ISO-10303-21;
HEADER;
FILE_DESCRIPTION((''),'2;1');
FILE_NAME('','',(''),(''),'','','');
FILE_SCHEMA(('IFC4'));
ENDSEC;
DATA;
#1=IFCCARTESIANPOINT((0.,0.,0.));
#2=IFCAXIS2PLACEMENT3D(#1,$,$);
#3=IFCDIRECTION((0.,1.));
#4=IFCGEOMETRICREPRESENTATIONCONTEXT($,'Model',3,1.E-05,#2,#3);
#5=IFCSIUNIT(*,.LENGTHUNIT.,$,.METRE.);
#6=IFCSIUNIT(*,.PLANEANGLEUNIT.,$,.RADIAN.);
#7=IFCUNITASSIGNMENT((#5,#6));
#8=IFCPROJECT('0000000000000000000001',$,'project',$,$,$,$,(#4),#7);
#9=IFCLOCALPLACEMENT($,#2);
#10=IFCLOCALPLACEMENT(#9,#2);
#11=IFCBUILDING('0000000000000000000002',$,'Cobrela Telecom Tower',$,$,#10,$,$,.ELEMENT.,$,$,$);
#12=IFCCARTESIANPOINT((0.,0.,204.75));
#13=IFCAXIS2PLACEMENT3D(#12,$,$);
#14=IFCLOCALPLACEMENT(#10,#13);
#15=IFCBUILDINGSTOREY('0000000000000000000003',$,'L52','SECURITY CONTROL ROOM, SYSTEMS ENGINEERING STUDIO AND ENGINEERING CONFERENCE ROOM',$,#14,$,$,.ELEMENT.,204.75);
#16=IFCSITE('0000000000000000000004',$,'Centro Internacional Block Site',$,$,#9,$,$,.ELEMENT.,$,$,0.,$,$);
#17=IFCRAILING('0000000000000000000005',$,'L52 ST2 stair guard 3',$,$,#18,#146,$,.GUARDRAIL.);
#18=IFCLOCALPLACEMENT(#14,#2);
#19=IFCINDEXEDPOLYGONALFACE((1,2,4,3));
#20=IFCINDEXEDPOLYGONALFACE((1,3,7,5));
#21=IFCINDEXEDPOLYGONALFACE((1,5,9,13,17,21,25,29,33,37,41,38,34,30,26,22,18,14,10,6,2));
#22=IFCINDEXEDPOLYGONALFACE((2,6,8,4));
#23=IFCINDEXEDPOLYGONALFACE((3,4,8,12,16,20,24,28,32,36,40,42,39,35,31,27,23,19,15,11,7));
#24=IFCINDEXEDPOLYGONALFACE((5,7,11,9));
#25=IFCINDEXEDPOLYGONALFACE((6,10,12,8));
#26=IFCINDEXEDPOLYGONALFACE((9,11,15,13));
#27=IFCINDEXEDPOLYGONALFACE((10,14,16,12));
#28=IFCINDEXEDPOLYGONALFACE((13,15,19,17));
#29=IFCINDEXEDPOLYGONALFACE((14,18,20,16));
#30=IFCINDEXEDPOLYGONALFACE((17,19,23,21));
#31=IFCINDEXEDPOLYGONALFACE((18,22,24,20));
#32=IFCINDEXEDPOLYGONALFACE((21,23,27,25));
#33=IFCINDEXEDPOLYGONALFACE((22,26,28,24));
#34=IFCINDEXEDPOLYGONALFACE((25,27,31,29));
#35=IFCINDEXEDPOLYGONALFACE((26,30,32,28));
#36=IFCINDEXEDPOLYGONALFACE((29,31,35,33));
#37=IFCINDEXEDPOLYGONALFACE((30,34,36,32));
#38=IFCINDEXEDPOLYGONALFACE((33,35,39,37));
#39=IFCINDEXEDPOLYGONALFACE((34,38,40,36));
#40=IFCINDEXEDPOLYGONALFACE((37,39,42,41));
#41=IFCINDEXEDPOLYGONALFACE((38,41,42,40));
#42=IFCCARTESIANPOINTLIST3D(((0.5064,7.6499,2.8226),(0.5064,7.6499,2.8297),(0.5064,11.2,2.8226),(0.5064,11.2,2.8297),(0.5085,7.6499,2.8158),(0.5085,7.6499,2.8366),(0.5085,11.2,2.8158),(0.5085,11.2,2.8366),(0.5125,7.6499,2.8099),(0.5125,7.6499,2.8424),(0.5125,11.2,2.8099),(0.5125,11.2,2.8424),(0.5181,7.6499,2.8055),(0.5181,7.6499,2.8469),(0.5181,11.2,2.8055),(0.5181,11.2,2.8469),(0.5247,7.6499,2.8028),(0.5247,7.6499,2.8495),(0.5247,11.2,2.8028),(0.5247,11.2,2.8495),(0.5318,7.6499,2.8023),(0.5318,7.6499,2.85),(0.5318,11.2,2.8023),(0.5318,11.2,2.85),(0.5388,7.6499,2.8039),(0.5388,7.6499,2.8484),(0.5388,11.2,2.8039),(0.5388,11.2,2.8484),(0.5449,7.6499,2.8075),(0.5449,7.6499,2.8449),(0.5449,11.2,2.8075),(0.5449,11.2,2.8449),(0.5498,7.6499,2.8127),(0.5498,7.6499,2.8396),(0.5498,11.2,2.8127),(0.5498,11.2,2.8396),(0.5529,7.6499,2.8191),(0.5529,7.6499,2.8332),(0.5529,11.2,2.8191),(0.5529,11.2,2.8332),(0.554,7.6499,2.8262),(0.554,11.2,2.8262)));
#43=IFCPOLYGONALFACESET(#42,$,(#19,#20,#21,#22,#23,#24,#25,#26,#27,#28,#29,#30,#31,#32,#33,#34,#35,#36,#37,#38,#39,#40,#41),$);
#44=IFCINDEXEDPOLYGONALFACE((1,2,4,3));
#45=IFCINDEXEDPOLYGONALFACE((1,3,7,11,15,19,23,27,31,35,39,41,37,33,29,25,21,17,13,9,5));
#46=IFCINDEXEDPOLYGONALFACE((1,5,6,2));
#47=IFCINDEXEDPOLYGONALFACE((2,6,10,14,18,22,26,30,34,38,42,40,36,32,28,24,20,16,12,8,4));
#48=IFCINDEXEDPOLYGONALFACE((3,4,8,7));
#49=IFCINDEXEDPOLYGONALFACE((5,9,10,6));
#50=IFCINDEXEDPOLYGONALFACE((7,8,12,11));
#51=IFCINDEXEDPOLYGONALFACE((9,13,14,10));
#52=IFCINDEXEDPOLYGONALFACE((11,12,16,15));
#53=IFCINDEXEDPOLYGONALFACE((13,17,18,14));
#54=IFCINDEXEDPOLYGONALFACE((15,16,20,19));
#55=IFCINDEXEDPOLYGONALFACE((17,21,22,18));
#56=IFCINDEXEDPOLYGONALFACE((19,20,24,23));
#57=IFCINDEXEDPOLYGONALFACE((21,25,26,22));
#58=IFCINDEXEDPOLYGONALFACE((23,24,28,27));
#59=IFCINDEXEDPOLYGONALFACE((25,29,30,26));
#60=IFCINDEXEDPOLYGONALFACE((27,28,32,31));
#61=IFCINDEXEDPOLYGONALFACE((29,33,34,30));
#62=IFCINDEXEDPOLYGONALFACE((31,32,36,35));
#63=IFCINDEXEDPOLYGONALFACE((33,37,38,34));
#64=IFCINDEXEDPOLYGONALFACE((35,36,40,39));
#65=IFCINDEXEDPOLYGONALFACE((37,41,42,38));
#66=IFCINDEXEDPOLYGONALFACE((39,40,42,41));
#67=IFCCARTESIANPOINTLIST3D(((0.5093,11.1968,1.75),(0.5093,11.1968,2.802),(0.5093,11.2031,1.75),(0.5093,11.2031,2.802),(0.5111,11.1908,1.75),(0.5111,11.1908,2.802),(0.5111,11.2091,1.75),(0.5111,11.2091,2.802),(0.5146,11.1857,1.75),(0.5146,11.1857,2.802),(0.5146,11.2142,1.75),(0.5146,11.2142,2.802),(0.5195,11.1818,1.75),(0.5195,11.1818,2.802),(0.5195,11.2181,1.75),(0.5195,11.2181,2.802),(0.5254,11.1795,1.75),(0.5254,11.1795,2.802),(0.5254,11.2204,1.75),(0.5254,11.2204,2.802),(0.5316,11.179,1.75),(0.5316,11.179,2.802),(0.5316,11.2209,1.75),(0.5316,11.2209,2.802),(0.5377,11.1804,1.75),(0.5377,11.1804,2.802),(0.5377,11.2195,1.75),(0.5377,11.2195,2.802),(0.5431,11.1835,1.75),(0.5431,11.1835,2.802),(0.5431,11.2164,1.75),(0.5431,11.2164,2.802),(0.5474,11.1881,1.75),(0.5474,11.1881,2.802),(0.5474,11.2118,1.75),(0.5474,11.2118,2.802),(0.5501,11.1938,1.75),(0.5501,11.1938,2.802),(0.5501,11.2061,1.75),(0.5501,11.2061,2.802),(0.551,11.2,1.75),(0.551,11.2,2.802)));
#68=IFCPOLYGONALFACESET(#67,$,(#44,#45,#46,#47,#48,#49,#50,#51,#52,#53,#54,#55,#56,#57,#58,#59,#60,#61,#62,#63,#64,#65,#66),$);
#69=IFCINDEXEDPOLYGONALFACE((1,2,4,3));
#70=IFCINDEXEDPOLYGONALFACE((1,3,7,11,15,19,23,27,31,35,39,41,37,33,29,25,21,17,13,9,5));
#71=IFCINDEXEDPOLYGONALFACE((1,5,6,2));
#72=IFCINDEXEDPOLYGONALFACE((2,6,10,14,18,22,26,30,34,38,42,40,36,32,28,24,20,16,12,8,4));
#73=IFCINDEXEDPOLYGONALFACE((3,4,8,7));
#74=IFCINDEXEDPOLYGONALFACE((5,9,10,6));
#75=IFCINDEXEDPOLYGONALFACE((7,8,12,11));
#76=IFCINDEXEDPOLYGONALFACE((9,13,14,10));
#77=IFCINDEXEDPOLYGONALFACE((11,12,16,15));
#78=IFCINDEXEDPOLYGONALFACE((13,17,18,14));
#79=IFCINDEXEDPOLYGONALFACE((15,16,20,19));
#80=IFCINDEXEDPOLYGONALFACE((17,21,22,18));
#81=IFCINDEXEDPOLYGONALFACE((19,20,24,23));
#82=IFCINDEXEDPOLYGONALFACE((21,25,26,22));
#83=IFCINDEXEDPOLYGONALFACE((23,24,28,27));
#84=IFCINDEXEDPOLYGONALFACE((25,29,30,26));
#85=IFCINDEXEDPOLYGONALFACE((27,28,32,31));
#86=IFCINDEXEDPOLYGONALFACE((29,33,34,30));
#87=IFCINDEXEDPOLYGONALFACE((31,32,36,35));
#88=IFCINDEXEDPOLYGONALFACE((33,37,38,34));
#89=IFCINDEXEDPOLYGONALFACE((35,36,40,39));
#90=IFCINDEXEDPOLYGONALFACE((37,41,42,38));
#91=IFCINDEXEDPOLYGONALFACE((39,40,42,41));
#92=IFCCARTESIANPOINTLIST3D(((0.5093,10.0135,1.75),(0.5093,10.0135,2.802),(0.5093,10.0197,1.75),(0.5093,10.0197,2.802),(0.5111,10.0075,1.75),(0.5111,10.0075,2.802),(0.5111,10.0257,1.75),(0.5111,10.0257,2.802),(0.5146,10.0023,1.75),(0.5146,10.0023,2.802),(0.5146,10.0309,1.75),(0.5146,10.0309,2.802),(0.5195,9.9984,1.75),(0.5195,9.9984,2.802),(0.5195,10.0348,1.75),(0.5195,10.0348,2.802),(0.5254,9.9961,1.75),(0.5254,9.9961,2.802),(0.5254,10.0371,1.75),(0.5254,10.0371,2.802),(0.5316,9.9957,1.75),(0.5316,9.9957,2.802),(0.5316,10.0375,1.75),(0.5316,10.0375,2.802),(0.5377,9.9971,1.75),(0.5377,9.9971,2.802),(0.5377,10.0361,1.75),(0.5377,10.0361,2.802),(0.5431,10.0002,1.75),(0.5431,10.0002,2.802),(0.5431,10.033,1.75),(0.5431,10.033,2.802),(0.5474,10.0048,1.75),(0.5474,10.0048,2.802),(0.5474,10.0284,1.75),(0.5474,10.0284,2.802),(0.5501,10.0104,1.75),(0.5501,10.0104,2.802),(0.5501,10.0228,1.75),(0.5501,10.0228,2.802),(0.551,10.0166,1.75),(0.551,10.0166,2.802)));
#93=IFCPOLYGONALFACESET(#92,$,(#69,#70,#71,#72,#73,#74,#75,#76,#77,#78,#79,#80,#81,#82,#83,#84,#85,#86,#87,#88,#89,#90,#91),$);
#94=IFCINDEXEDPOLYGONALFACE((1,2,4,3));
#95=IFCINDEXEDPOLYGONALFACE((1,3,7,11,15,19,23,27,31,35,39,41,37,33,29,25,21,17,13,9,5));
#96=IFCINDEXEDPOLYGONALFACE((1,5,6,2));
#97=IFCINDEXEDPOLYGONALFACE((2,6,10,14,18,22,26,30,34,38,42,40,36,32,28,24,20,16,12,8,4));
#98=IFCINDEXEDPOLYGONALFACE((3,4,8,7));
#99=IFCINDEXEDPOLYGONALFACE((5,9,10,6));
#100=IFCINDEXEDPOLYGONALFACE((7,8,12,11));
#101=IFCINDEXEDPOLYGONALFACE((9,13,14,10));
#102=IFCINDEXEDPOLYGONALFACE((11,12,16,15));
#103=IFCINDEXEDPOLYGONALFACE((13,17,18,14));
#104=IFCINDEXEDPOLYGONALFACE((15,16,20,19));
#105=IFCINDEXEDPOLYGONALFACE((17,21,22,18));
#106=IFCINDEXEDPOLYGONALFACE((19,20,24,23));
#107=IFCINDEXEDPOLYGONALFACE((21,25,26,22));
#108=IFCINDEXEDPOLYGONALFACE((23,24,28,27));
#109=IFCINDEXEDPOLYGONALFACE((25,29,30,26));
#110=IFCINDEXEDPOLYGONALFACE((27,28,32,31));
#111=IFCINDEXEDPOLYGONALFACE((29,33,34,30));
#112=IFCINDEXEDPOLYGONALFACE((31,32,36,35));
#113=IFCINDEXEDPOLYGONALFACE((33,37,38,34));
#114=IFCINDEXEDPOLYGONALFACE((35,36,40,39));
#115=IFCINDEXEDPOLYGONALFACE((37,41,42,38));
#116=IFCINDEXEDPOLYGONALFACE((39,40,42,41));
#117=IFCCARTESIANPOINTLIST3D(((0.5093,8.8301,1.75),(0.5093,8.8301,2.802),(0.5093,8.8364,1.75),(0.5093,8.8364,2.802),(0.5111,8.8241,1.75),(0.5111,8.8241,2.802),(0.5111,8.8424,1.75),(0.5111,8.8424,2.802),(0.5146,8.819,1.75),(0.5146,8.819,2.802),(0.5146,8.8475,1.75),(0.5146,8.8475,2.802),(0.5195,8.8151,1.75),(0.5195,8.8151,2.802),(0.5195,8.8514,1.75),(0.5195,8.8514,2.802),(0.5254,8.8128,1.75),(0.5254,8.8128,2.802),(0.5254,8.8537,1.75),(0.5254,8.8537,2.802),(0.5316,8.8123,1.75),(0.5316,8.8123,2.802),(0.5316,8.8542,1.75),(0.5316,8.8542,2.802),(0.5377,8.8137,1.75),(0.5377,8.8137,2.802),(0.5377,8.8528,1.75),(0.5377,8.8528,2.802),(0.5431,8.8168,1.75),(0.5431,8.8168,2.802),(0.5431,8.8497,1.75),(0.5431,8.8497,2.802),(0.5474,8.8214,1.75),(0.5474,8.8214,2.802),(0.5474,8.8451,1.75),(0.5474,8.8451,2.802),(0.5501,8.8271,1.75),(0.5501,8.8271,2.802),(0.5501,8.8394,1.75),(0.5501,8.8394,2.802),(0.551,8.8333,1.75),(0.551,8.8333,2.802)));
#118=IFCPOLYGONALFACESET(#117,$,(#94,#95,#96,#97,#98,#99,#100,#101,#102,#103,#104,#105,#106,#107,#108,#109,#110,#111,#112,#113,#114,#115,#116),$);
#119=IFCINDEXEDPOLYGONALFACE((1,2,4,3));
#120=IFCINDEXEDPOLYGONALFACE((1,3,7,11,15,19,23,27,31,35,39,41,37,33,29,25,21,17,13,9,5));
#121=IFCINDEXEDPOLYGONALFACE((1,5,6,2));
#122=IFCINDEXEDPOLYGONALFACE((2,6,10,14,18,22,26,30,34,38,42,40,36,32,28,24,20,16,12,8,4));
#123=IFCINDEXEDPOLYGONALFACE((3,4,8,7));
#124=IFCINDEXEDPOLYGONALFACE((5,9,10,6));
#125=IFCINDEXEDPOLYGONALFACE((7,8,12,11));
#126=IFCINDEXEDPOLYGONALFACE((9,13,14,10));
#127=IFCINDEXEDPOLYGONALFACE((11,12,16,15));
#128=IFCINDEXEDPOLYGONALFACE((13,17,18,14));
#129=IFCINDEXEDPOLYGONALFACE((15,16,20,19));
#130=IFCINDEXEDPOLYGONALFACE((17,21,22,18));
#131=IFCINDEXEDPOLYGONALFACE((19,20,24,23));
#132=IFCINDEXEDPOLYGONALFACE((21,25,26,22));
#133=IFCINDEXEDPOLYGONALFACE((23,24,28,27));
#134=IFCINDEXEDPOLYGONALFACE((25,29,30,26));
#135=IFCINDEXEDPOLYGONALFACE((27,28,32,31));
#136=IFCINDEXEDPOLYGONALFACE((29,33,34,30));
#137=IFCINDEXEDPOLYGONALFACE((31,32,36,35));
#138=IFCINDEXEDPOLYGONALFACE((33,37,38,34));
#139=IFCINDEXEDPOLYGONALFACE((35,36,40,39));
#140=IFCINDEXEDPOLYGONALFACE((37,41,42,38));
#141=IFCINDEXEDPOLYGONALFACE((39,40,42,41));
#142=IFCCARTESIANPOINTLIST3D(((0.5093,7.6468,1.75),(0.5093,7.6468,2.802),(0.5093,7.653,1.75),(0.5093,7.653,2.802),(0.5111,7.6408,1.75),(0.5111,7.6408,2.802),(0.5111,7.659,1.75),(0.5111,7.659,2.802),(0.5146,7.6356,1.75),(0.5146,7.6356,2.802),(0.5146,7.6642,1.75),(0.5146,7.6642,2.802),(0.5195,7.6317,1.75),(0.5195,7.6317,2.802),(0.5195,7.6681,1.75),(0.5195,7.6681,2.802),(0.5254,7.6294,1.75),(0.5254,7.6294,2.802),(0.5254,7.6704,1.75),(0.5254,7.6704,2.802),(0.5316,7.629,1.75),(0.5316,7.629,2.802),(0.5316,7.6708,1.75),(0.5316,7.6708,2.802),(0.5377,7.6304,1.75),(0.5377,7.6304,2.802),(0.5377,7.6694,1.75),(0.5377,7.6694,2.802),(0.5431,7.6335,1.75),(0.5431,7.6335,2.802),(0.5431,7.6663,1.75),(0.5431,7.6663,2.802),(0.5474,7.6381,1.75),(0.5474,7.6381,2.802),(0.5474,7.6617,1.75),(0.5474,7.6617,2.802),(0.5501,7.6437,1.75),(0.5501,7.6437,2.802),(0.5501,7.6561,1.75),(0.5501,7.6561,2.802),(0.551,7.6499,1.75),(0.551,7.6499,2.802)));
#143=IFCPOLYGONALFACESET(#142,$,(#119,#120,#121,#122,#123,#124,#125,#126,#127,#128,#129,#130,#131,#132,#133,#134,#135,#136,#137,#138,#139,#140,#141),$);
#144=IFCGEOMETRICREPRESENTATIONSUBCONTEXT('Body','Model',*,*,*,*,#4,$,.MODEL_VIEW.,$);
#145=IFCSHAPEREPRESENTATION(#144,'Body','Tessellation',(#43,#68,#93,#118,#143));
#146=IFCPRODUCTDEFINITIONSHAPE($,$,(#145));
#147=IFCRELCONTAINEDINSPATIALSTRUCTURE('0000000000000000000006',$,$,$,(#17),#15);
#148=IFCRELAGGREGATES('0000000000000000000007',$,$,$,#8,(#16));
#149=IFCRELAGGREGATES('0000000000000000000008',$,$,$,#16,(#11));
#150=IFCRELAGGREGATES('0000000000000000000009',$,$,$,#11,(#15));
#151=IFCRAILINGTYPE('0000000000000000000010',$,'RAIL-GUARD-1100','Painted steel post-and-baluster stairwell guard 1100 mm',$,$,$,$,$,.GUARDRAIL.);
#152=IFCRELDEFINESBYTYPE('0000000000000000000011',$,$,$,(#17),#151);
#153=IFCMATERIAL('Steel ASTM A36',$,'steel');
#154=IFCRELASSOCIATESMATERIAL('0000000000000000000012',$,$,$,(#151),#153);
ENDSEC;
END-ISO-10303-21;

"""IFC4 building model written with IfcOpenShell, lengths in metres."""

from ifc_helpers import new_model, si_unit, direction, frame, origin, origin_2d, place, context, subcontext, project, spatial, circle, extrude, material, type_object, element, save


model = new_model("IFC4")

# Units and contexts
model_context = context("Model", 3, precision=1e-05, world=origin(), true_north=direction((0.0, 1.0)))
body_context = subcontext(model_context, "Body", "Model", "MODEL_VIEW")
ifc_project = project(units=[si_unit("LENGTHUNIT", "METRE"), si_unit("PLANEANGLEUNIT", "RADIAN")], contexts=[model_context])

# Site, building, storey
site_placement = place(None, origin())
site = spatial("IfcSite", under=ifc_project, at=site_placement, Name="Centro Internacional Block Site", CompositionType="ELEMENT", RefElevation=0.0)
building_placement = place(site_placement, origin())
building = spatial("IfcBuilding", under=site, at=building_placement, Name="Cobrela Telecom Tower", CompositionType="ELEMENT")
storey_placement = place(building_placement, frame((0.0, 0.0, 204.75)))
storey = spatial("IfcBuildingStorey", under=building, at=storey_placement, Name="L52", Description="SECURITY CONTROL ROOM, SYSTEMS ENGINEERING STUDIO AND ENGINEERING CONFERENCE ROOM", CompositionType="ELEMENT", Elevation=204.75)

# Shared definitions
ifc_material_1 = material(Name="Steel ASTM A36", Category="steel")

# Railing
railing_type = type_object("IfcRailingType", Name="RAIL-GUARD-1100", Description="Painted steel post-and-baluster stairwell guard 1100 mm", PredefinedType="GUARDRAIL", material=ifc_material_1)
railing_1_placement = place(storey_placement, frame((0.53, 11.2, 1.75)))
element("IfcRailing", 1, at=railing_1_placement, inside=storey, type_object=railing_type, Name="L52 ST2 stair guard 3", PredefinedType="GUARDRAIL", context=body_context, shape_type="SweptSolid", body=[
    extrude(circle(Radius=0.0239, at=origin_2d()), frame((0.0, 0.0, 1.0762), z_axis=(0.0, -1.0, 0.0), x_axis=(1.0, 0.0, 0.0)), (0.0, 0.0, 1.0), 3.55),
    extrude(circle(Radius=0.021, at=origin_2d()), origin(), (0.0, 0.0, 1.0), 1.052),
    extrude(circle(Radius=0.021, at=origin_2d()), frame((0.0, -1.1833, 0.0)), (0.0, 0.0, 1.0), 1.052),
    extrude(circle(Radius=0.021, at=origin_2d()), frame((0.0, -2.3667, 0.0)), (0.0, 0.0, 1.0), 1.052),
    extrude(circle(Radius=0.021, at=origin_2d()), frame((0.0, -3.55, 0.0)), (0.0, 0.0, 1.0), 1.052),
])

save(model, "model.ifc")
